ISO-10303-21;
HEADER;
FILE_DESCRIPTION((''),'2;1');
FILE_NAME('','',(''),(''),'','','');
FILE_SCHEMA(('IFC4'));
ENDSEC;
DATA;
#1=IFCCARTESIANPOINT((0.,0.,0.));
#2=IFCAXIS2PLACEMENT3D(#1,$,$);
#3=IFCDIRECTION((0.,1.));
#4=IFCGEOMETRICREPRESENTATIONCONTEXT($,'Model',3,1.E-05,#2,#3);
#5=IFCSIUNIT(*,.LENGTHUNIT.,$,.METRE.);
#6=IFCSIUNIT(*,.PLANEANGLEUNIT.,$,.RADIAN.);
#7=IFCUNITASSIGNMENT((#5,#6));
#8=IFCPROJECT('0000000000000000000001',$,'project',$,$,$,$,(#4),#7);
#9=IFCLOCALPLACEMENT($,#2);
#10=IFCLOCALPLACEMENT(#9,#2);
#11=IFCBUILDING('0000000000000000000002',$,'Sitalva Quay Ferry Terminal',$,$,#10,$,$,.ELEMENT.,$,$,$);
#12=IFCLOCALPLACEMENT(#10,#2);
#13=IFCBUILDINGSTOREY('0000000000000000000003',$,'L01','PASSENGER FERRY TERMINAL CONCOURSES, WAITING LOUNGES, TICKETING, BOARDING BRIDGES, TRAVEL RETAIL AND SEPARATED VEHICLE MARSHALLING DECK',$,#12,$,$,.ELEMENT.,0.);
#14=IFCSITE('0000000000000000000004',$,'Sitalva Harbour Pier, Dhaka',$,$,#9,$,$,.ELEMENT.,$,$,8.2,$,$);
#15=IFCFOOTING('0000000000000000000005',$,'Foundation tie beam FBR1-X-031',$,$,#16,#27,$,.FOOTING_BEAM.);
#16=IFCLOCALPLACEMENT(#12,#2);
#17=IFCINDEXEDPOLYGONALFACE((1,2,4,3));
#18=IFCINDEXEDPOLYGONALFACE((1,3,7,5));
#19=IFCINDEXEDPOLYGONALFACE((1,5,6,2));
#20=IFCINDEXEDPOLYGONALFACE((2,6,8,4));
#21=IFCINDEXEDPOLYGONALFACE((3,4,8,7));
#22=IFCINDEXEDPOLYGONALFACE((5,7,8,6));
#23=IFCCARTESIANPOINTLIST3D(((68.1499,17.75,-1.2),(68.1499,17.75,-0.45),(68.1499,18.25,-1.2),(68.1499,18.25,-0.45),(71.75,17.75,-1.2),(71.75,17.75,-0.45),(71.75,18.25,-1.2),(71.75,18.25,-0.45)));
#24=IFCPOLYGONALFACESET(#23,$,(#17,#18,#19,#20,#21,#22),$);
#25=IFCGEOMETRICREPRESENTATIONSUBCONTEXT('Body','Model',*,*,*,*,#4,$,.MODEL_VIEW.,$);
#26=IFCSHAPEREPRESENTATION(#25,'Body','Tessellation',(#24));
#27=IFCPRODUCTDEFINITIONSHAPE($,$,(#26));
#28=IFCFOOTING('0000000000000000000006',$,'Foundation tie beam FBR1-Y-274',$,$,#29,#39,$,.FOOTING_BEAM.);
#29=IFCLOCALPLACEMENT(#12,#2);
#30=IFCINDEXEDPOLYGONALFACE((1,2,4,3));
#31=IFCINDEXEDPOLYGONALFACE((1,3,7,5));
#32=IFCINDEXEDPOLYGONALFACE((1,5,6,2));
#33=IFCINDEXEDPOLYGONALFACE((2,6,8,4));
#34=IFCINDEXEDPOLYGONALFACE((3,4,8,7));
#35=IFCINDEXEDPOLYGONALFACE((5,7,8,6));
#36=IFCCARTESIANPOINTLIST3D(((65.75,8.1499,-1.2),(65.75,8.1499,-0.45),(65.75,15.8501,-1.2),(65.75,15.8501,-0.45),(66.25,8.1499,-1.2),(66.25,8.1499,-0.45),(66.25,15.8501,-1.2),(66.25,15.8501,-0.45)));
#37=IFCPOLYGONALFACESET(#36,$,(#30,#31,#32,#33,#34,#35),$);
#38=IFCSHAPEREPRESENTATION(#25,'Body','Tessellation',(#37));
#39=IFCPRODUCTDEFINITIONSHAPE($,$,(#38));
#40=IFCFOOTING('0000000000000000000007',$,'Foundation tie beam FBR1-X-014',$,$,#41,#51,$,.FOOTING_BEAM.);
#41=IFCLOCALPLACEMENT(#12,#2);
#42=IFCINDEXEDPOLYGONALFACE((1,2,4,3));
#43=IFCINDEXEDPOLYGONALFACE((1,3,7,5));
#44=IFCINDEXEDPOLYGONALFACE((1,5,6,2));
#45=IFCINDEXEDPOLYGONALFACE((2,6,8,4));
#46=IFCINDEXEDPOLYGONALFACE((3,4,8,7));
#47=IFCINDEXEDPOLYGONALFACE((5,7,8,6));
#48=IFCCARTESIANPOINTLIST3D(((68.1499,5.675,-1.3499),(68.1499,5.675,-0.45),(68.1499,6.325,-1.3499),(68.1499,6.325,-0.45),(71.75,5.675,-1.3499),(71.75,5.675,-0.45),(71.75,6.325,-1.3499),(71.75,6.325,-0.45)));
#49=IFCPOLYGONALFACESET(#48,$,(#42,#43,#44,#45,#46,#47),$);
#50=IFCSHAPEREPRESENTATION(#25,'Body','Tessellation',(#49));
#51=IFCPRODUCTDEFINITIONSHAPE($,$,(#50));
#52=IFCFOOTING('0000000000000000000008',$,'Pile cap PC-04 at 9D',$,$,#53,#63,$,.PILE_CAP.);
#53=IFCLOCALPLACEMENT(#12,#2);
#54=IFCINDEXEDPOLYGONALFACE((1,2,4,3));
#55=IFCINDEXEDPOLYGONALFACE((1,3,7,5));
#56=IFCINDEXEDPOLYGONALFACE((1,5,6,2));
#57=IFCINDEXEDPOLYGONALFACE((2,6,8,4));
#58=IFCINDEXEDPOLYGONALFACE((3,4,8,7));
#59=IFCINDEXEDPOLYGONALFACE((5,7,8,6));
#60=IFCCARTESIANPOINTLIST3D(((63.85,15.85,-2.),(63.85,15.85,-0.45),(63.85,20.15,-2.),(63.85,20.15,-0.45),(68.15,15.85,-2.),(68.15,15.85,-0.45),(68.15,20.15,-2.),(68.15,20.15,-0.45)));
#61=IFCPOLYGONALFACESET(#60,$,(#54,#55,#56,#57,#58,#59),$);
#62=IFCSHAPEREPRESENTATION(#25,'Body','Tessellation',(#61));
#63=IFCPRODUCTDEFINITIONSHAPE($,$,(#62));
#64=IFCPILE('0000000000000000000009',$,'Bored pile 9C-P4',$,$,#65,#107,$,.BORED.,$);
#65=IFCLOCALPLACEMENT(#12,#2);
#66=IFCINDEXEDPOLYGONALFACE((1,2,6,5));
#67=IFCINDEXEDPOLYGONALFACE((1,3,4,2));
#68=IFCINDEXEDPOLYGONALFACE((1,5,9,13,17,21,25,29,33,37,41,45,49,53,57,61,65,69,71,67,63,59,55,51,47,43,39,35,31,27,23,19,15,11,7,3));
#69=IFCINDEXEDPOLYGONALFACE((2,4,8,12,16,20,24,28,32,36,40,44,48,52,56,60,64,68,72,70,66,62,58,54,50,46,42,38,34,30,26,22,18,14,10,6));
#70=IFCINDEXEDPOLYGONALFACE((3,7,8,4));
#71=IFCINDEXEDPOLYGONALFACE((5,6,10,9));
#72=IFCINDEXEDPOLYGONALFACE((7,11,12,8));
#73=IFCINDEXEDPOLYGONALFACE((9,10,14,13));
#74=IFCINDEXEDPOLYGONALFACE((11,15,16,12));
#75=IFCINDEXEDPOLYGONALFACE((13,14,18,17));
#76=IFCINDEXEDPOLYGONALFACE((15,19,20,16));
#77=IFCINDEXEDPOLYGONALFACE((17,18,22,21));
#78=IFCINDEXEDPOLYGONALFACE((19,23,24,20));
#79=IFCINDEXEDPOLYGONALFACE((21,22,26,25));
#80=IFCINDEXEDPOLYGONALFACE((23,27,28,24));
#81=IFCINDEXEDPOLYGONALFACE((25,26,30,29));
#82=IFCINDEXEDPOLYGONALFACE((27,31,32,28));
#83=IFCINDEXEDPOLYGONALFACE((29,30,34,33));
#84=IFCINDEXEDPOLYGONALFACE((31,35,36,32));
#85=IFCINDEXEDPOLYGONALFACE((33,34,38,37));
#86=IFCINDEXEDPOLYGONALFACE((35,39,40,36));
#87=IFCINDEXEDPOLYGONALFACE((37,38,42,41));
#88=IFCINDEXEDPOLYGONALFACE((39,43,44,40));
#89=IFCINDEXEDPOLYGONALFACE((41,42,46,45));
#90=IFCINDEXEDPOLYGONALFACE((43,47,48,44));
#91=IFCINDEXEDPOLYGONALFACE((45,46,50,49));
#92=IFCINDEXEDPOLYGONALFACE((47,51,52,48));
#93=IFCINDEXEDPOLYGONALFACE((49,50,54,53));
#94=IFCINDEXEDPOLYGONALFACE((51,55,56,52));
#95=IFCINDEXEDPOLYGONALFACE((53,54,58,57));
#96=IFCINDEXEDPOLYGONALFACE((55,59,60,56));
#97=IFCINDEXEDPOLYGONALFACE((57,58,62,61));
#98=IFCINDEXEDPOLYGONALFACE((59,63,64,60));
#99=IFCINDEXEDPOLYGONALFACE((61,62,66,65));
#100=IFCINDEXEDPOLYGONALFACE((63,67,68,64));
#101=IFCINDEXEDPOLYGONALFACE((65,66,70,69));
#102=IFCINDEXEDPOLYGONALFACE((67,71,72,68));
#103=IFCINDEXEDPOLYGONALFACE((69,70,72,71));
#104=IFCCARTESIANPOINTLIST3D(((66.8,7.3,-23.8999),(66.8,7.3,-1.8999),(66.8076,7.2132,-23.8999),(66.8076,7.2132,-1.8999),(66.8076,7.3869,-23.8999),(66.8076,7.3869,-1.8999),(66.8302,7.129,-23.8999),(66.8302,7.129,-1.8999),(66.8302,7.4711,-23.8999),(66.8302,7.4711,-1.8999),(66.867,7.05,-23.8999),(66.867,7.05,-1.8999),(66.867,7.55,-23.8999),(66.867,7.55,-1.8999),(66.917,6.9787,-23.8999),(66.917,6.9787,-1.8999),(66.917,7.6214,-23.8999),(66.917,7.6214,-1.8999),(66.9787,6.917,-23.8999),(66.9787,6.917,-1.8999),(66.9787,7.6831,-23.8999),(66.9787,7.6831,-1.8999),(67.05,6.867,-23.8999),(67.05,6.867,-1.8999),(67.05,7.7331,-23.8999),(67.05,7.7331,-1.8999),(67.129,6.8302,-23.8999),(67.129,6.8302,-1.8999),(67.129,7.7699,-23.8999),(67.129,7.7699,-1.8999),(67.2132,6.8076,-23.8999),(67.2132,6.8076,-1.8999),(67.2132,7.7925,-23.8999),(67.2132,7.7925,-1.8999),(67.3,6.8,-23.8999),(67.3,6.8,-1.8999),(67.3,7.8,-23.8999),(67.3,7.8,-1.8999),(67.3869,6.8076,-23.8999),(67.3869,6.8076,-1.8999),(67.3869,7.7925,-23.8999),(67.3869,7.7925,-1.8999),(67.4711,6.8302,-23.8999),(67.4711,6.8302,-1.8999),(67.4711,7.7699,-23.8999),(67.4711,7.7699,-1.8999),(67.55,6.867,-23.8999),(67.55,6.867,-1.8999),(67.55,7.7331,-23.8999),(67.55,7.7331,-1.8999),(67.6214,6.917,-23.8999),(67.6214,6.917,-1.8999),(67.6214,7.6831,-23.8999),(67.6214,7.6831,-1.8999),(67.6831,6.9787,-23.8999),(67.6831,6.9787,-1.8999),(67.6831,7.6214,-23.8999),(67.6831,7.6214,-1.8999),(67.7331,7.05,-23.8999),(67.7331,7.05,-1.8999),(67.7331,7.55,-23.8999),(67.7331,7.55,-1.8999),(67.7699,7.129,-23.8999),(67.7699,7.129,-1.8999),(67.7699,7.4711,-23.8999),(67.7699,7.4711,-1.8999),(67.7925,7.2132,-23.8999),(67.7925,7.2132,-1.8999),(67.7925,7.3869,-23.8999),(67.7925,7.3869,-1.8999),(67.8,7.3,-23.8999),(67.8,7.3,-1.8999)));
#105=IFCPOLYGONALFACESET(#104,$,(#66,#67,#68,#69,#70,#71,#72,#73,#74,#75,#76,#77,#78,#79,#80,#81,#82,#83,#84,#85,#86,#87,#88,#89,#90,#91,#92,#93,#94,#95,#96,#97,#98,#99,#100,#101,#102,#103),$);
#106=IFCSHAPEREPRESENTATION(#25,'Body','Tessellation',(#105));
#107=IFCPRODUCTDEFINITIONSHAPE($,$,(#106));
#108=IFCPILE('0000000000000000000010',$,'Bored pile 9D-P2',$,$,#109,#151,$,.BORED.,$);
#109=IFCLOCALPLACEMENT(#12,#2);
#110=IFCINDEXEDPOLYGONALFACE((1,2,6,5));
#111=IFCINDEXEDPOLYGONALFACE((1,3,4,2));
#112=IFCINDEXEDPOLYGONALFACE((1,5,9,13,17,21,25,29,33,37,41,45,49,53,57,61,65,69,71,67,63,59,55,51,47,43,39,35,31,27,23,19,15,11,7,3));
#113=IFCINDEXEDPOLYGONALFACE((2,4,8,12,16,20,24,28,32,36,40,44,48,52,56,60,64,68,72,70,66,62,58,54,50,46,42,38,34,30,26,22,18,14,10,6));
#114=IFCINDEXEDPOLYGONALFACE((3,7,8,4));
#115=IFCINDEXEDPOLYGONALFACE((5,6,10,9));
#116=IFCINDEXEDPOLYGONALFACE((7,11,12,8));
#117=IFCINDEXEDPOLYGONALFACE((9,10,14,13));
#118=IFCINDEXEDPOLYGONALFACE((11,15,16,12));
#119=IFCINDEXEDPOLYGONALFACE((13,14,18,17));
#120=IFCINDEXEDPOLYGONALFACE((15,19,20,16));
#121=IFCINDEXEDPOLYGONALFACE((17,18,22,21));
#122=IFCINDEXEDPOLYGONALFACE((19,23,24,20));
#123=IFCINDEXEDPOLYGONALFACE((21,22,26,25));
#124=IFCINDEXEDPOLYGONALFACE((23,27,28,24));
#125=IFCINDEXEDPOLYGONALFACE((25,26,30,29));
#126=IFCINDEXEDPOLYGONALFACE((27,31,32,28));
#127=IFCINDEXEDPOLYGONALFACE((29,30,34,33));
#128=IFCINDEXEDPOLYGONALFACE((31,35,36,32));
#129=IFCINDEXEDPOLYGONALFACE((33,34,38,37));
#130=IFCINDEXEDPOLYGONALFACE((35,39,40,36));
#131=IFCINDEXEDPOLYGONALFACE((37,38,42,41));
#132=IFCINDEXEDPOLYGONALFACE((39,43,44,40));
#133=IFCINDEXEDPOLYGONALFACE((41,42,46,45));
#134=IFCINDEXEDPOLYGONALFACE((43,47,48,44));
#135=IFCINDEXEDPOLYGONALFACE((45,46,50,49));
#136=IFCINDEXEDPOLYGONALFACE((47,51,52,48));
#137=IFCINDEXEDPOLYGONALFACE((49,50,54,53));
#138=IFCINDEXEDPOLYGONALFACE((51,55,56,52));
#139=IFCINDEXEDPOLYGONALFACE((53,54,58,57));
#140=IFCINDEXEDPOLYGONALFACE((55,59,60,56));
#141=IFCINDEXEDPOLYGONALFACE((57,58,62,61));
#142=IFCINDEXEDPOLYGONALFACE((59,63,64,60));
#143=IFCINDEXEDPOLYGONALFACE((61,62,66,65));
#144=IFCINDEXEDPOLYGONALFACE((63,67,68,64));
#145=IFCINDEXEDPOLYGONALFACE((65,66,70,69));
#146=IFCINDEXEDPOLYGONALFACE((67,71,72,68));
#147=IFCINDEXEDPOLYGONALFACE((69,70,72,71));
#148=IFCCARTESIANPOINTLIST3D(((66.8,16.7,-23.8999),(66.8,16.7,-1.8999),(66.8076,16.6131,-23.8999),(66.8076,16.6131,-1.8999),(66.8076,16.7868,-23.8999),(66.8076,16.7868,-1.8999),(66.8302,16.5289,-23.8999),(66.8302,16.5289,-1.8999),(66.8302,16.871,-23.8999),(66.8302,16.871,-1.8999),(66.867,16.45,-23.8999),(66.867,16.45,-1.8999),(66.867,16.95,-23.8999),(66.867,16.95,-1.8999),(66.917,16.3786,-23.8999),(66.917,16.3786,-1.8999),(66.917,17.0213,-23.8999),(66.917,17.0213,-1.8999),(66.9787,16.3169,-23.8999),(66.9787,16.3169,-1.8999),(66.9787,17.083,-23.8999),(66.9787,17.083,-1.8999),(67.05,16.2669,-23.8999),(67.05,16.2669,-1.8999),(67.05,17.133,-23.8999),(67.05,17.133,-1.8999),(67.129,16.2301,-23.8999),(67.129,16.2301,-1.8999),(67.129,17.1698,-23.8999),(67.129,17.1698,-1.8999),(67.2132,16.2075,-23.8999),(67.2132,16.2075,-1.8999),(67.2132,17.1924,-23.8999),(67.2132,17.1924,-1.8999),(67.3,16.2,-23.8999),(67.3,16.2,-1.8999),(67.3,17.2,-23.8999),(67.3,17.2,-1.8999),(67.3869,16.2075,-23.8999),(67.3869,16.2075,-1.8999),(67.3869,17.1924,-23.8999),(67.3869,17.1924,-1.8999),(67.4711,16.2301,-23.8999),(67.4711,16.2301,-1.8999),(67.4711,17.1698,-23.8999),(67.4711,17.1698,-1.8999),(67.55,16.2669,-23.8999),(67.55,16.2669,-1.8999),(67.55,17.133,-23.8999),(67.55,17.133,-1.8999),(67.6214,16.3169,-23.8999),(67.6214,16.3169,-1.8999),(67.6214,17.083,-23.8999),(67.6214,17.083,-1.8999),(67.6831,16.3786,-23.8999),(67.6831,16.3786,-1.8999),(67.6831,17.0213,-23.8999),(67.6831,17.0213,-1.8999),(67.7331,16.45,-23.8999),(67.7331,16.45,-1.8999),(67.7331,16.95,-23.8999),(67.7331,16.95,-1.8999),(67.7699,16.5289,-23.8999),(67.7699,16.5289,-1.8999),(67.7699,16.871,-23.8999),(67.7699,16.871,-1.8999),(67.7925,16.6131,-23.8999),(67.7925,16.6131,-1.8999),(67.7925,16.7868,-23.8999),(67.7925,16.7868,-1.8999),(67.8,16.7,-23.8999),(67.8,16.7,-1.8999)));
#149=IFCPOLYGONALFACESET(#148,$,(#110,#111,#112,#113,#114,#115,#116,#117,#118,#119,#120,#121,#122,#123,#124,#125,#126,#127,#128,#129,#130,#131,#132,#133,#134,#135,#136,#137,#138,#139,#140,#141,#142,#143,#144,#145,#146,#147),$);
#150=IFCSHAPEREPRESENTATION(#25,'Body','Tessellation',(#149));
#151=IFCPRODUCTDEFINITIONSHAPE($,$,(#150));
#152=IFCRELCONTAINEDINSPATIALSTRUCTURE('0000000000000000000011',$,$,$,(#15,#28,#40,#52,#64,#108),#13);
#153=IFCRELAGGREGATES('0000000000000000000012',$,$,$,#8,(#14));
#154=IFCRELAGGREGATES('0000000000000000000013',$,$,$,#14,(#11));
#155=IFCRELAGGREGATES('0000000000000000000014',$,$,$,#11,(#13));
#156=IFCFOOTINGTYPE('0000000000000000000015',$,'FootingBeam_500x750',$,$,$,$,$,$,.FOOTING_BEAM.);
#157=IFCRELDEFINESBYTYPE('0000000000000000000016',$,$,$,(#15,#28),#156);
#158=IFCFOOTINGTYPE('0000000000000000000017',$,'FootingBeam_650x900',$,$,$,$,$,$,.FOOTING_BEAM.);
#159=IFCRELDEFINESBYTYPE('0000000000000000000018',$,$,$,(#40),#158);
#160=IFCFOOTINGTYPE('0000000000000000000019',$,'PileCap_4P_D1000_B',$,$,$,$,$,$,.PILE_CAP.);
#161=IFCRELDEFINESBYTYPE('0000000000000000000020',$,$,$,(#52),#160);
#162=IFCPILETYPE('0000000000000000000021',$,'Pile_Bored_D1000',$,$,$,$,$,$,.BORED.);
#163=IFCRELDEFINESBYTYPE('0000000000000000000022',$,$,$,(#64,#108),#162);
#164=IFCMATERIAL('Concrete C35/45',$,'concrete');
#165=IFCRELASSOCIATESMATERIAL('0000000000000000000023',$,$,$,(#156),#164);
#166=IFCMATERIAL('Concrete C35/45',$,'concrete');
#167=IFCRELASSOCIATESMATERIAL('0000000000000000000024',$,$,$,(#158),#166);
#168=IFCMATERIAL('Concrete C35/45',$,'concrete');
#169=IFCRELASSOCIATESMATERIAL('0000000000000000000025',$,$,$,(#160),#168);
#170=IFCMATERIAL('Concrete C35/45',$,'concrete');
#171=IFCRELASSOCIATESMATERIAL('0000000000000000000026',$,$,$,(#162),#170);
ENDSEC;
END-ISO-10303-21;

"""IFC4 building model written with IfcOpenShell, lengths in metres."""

from ifc_helpers import new_model, si_unit, direction, frame, origin, origin_2d, place, context, subcontext, project, spatial, rectangle, circle, extrude, material, material_profile, profile_set, type_object, element, save


model = new_model("IFC4")

# Units and contexts
model_context = context("Model", 3, precision=1e-05, world=origin(), true_north=direction((0.0, 1.0)))
body_context = subcontext(model_context, "Body", "Model", "MODEL_VIEW")
ifc_project = project(units=[si_unit("LENGTHUNIT", "METRE"), si_unit("PLANEANGLEUNIT", "RADIAN")], contexts=[model_context])

# Site, building, storey
site_placement = place(None, origin())
site = spatial("IfcSite", under=ifc_project, at=site_placement, Name="Sitalva Harbour Pier, Dhaka", CompositionType="ELEMENT", RefElevation=8.2)
building_placement = place(site_placement, origin())
building = spatial("IfcBuilding", under=site, at=building_placement, Name="Sitalva Quay Ferry Terminal", CompositionType="ELEMENT")
storey_placement = place(building_placement, origin())
storey = spatial("IfcBuildingStorey", under=building, at=storey_placement, Name="L01", Description="PASSENGER FERRY TERMINAL CONCOURSES, WAITING LOUNGES, TICKETING, BOARDING BRIDGES, TRAVEL RETAIL AND SEPARATED VEHICLE MARSHALLING DECK", CompositionType="ELEMENT", Elevation=0.0)

# Footings
ifc_material_1 = material(Name="Concrete C35/45", Category="concrete")
ifc_material_profile_1 = material_profile(ifc_material_1, rectangle(XDim=0.5, YDim=0.75, at=origin_2d()), Name="RC500x750")
ifc_profile_set_1 = profile_set([ifc_material_profile_1], Name="Concrete C35/45")
footing_type_1 = type_object("IfcFootingType", Name="FootingBeam_500x750", PredefinedType="FOOTING_BEAM", material=ifc_profile_set_1)
footing_1_placement = place(storey_placement, frame((68.1499, 18.0, -0.825), z_axis=(1.0, 0.0, 0.0), x_axis=(0.0, 1.0, 0.0)))
element("IfcFooting", 1, at=footing_1_placement, inside=storey, type_object=footing_type_1, Name="Foundation tie beam FBR1-X-031", PredefinedType="FOOTING_BEAM", context=body_context, shape_type="SweptSolid", body=[
    extrude(rectangle(XDim=0.5, YDim=0.75, at=origin_2d()), origin(), (0.0, 0.0, 1.0), 3.6001),
])
footing_2_placement = place(storey_placement, frame((66.0, 8.1499, -0.825), z_axis=(0.0, 1.0, 0.0), x_axis=(-1.0, 0.0, 0.0)))
element("IfcFooting", 2, at=footing_2_placement, inside=storey, type_object=footing_type_1, Name="Foundation tie beam FBR1-Y-274", PredefinedType="FOOTING_BEAM", context=body_context, shape_type="SweptSolid", body=[
    extrude(rectangle(XDim=0.5, YDim=0.75, at=origin_2d()), origin(), (0.0, 0.0, 1.0), 7.7002),
])
ifc_material_2 = material(Name="Concrete C35/45", Category="concrete")
ifc_material_profile_2 = material_profile(ifc_material_2, rectangle(XDim=0.6499, YDim=0.8999, at=origin_2d()), Name="RC650x900")
ifc_profile_set_2 = profile_set([ifc_material_profile_2], Name="Concrete C35/45")
footing_type_2 = type_object("IfcFootingType", Name="FootingBeam_650x900", PredefinedType="FOOTING_BEAM", material=ifc_profile_set_2)
footing_3_placement = place(storey_placement, frame((68.1499, 6.0, -0.8999), z_axis=(1.0, 0.0, 0.0), x_axis=(0.0, 1.0, 0.0)))
element("IfcFooting", 3, at=footing_3_placement, inside=storey, type_object=footing_type_2, Name="Foundation tie beam FBR1-X-014", PredefinedType="FOOTING_BEAM", context=body_context, shape_type="SweptSolid", body=[
    extrude(rectangle(XDim=0.6499, YDim=0.8999, at=origin_2d()), origin(), (0.0, 0.0, 1.0), 3.6001),
])
ifc_material_3 = material(Name="Concrete C35/45", Category="concrete")
footing_type_3 = type_object("IfcFootingType", Name="PileCap_4P_D1000_B", PredefinedType="PILE_CAP", material=ifc_material_3)
footing_4_placement = place(storey_placement, frame((66.0, 18.0, -2.0), z_axis=(0.0, 0.0, 1.0), x_axis=(1.0, 0.0, 0.0)))
element("IfcFooting", 4, at=footing_4_placement, inside=storey, type_object=footing_type_3, Name="Pile cap PC-04 at 9D", PredefinedType="PILE_CAP", context=body_context, shape_type="SweptSolid", body=[
    extrude(rectangle(XDim=4.3, YDim=4.3, at=origin_2d()), origin(), (0.0, 0.0, 1.0), 1.55),
])

# Piles
ifc_material_4 = material(Name="Concrete C35/45", Category="concrete")
ifc_material_profile_3 = material_profile(ifc_material_4, circle(Radius=0.5, at=origin_2d()), Name="PILE-D1000")
ifc_profile_set_3 = profile_set([ifc_material_profile_3], Name="Concrete C35/45")
pile_type = type_object("IfcPileType", Name="Pile_Bored_D1000", PredefinedType="BORED", material=ifc_profile_set_3)
for number, where, z_axis, x_axis, name in (
    (5, (67.3, 7.3, -1.8999), (0.0, 0.0, -1.0), (1.0, 0.0, 0.0), "Bored pile 9C-P4"),
    (6, (67.3, 16.7, -1.8999), (0.0, 0.0, -1.0), (1.0, 0.0, 0.0), "Bored pile 9D-P2"),
):
    element("IfcPile", number, at=place(storey_placement, frame(where, z_axis=z_axis, x_axis=x_axis)), inside=storey, type_object=pile_type, Name=name, PredefinedType="BORED", context=body_context, shape_type="SweptSolid", body=[
        extrude(circle(Radius=0.5, at=origin_2d()), origin(), (0.0, 0.0, 1.0), 22.0),
    ])

save(model, "model.ifc")
